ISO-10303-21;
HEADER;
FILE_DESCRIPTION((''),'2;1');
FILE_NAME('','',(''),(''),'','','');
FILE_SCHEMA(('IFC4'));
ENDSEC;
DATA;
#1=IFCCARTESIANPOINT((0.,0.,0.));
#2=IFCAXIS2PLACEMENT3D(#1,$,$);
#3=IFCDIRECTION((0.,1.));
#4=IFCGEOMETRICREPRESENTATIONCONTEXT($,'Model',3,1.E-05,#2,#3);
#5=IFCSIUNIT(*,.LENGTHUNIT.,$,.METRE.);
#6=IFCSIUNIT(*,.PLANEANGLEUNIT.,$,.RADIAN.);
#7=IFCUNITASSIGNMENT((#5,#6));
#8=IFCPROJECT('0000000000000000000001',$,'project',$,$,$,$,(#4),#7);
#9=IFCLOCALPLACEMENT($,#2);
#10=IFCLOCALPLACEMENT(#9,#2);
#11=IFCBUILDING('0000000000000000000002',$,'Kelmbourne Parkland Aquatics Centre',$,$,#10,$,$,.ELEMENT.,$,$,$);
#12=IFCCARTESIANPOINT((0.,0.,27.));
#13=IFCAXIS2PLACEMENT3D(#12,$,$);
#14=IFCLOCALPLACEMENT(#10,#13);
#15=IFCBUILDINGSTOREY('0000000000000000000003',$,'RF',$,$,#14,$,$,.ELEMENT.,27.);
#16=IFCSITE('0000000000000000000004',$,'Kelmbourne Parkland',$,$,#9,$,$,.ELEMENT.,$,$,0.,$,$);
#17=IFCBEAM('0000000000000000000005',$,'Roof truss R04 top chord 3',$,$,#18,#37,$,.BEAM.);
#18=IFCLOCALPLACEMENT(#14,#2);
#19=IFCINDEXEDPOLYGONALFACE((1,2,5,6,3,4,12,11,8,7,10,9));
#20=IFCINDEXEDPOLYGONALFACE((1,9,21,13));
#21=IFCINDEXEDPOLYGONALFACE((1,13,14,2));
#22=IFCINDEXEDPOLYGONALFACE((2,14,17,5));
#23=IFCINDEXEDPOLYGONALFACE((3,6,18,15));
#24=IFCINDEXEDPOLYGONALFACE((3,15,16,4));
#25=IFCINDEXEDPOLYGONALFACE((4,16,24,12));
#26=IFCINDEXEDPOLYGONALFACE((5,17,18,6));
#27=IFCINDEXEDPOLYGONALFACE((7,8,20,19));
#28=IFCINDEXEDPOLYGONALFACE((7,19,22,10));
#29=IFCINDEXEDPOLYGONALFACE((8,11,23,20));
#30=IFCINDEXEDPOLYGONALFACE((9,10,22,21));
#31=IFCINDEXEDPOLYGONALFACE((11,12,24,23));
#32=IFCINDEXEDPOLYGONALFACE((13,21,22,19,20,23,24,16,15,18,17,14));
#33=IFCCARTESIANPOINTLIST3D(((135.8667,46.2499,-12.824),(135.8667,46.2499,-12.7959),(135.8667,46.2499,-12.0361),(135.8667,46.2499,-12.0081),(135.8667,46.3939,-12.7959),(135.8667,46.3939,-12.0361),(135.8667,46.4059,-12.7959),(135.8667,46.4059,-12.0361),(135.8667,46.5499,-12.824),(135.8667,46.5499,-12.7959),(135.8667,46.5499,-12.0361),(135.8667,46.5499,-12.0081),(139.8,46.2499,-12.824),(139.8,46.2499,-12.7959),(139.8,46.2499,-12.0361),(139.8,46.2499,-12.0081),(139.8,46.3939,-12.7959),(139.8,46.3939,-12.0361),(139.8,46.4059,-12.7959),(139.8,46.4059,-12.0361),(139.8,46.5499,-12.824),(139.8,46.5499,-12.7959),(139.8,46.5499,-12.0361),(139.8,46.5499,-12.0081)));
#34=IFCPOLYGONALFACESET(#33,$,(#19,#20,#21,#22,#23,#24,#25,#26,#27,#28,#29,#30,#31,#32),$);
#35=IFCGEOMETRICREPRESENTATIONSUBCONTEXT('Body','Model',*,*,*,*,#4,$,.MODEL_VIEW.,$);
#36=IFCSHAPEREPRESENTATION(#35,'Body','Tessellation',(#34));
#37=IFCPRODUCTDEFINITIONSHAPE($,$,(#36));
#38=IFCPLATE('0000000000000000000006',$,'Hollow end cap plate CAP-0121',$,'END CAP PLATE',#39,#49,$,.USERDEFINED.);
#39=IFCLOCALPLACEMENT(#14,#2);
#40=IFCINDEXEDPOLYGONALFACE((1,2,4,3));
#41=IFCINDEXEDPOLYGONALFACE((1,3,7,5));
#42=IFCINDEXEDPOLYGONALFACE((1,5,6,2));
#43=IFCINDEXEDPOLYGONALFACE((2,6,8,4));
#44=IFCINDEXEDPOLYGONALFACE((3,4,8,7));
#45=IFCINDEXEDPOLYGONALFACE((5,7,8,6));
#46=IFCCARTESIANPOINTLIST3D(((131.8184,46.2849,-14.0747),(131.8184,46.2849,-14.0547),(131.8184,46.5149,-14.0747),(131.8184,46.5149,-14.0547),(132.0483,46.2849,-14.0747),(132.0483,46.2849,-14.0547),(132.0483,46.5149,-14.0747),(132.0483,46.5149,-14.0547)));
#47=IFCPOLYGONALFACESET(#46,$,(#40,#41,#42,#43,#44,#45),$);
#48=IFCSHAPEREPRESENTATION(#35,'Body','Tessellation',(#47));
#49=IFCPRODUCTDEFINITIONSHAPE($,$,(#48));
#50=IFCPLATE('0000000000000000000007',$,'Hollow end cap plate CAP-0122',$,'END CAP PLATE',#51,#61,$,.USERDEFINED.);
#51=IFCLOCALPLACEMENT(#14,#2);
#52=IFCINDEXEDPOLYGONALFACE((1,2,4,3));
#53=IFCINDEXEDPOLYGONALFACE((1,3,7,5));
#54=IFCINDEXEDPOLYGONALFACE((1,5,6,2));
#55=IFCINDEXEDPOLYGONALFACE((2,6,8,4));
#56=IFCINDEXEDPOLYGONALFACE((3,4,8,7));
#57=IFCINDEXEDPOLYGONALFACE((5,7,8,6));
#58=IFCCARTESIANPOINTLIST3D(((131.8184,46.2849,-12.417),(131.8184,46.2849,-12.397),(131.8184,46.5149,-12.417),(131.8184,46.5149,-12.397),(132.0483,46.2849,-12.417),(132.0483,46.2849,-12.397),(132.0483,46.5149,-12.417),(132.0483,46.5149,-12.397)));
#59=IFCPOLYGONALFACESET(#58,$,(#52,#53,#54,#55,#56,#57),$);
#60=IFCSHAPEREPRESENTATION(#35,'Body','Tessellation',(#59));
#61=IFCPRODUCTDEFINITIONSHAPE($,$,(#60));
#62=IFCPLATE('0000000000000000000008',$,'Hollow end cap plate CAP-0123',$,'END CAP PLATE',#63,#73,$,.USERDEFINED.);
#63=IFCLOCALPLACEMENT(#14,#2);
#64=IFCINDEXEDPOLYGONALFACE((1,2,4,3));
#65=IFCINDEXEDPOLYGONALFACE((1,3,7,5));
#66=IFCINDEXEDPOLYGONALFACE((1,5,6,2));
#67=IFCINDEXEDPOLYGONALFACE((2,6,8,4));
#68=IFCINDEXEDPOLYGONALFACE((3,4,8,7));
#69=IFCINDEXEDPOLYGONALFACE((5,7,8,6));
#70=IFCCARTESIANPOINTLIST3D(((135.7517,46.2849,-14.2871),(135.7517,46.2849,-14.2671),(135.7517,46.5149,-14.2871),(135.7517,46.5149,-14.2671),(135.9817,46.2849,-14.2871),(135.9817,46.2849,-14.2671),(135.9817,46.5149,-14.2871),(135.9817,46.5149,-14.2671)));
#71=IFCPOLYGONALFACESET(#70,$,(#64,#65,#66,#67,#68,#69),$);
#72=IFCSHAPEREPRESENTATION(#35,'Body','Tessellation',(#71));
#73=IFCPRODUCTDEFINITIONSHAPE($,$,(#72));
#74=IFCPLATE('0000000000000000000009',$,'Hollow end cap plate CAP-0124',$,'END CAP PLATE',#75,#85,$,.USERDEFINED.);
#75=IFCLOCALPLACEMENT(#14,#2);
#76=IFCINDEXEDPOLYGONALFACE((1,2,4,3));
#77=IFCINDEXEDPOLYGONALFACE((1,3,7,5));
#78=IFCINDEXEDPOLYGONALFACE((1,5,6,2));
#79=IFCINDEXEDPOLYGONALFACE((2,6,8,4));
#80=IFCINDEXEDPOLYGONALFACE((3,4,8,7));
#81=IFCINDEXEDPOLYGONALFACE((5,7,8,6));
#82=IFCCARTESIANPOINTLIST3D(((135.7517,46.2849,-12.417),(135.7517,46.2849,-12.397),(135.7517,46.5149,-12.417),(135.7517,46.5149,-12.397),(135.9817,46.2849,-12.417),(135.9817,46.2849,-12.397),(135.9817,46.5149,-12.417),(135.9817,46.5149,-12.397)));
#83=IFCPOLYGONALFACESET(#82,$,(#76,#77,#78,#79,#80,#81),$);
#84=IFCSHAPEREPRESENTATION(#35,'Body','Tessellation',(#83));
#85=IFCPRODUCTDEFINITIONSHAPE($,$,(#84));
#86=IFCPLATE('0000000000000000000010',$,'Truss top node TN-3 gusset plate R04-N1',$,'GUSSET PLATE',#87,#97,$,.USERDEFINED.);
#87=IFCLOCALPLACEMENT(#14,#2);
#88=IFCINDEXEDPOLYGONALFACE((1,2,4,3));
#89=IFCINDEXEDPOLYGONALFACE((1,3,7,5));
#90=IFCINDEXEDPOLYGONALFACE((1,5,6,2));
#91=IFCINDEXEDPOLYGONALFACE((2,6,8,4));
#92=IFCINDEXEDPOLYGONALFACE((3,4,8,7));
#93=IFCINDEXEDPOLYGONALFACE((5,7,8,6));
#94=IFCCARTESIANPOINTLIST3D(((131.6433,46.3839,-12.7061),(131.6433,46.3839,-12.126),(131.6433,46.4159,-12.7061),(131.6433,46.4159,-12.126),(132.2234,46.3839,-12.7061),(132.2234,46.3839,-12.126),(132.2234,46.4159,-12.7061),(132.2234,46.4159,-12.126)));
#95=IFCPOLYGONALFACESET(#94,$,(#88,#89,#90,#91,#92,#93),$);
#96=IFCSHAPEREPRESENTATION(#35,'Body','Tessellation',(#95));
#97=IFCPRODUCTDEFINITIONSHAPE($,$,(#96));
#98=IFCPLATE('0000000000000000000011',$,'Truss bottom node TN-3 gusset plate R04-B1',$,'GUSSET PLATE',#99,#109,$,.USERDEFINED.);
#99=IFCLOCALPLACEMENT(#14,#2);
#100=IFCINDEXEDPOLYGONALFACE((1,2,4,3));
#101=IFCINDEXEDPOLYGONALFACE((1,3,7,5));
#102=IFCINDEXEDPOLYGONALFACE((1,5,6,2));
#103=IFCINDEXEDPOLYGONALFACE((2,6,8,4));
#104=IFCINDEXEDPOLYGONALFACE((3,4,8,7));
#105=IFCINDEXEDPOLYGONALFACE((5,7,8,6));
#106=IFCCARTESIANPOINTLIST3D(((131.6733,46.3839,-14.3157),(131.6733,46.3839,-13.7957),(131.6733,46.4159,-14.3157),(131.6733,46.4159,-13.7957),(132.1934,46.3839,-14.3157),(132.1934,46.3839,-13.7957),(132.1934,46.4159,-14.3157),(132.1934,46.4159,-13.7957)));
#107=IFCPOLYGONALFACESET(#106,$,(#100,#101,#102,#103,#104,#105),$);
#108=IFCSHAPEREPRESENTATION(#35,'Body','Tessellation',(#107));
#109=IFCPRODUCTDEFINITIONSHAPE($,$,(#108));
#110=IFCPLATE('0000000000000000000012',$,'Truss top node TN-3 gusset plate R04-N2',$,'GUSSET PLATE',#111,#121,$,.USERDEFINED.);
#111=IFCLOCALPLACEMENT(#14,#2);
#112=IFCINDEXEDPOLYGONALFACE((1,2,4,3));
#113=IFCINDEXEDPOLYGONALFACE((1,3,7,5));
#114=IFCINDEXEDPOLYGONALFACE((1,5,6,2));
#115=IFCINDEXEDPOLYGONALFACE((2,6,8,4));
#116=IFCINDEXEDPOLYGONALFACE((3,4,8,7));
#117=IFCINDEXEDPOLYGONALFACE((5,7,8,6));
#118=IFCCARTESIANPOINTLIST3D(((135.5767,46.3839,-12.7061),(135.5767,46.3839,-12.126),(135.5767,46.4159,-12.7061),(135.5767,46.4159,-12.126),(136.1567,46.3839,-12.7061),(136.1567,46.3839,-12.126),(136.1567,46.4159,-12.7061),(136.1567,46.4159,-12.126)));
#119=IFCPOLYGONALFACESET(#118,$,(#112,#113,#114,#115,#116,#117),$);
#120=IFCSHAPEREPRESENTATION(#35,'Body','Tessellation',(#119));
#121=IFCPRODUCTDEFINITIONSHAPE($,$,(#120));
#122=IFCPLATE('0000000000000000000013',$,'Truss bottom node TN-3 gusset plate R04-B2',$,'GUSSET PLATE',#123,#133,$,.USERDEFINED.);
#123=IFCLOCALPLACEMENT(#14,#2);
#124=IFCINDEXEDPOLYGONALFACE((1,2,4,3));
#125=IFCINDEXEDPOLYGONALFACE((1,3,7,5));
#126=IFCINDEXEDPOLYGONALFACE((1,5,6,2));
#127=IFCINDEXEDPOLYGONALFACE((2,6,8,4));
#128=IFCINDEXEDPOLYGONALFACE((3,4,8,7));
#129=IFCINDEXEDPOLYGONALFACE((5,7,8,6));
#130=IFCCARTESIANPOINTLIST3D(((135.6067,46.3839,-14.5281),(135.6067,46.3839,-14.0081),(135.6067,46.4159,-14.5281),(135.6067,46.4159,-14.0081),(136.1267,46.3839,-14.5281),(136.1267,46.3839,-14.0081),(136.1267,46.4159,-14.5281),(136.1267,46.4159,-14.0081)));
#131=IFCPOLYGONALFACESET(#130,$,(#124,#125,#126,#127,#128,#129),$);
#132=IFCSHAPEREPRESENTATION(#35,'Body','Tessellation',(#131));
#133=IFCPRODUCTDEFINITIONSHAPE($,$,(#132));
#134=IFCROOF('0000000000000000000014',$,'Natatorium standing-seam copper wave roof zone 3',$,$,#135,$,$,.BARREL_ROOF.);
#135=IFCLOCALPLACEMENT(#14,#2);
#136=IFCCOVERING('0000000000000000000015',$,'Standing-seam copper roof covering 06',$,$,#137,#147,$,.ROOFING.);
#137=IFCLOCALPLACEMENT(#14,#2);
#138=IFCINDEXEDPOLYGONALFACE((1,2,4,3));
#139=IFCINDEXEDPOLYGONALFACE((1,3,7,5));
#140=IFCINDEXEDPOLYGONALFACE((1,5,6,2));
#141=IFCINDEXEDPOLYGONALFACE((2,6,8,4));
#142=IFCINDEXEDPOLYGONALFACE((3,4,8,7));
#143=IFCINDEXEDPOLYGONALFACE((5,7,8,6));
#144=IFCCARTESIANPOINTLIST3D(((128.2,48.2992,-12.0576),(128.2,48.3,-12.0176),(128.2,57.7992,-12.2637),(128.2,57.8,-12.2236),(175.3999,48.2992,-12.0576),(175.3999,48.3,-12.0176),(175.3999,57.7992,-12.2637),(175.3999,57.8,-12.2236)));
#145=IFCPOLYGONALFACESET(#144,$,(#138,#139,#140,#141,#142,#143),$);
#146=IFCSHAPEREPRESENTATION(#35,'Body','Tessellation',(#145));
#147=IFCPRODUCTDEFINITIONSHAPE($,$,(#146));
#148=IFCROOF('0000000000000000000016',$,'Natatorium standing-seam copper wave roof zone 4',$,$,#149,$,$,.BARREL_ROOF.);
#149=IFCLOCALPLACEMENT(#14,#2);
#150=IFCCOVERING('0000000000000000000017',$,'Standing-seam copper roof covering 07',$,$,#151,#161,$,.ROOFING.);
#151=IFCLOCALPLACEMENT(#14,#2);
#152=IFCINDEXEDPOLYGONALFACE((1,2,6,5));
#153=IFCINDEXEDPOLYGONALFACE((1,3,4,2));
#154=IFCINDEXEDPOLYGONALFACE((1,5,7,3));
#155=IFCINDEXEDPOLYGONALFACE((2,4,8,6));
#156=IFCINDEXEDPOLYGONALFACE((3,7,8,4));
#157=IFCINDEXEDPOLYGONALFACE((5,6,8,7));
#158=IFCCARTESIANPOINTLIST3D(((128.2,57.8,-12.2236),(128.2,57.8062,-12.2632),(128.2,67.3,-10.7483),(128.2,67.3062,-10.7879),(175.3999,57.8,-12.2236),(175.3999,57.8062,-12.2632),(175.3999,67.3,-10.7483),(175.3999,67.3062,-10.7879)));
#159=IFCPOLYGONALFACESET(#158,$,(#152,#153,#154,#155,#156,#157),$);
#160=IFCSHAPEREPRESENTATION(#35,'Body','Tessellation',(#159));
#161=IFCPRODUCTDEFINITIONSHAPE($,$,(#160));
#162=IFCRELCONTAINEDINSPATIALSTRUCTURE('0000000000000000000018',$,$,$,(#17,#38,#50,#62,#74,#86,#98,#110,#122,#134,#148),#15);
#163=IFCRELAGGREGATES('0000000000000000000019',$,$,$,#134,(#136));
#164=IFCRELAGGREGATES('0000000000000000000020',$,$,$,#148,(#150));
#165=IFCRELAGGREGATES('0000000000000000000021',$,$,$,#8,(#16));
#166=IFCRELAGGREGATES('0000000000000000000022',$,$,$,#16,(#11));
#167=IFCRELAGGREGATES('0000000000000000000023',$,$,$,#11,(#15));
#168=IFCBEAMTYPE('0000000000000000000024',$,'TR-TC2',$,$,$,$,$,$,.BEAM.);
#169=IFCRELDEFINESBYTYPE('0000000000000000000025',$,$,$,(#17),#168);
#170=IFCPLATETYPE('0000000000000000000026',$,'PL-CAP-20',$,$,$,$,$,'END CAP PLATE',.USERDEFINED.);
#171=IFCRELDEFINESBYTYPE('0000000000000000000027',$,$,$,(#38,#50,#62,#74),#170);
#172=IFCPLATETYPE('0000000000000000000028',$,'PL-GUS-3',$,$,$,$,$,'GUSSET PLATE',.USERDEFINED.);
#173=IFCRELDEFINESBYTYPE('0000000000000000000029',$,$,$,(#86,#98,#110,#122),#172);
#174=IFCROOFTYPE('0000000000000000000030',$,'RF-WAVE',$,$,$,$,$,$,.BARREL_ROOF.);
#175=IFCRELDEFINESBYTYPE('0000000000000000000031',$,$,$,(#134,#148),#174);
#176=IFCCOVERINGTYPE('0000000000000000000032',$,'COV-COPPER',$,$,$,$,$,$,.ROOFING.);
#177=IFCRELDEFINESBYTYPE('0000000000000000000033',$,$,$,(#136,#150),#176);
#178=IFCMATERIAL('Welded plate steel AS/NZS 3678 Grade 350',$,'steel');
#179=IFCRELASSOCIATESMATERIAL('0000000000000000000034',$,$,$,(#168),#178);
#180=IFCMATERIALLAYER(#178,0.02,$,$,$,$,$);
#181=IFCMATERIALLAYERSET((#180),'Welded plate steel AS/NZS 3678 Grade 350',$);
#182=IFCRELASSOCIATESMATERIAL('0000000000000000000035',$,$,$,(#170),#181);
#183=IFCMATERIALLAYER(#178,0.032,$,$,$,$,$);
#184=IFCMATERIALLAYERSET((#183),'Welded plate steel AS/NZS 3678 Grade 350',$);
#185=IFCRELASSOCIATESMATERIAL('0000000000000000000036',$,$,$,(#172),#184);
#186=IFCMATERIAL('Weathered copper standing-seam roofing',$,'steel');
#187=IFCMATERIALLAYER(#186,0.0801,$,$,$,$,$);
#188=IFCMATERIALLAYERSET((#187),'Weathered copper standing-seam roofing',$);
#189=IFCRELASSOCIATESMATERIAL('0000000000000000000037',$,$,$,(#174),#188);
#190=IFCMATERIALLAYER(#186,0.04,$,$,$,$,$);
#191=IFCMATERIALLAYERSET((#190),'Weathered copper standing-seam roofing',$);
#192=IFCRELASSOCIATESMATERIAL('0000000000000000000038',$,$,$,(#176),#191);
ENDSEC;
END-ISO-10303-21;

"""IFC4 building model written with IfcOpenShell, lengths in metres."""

from ifc_helpers import new_model, si_unit, direction, frame, origin, origin_2d, place, context, subcontext, project, spatial, polyline, rectangle, i_section, outline, extrude, material, layer, layer_set, material_profile, profile_set, type_object, element, aggregate, save


model = new_model("IFC4")

# Units and contexts
model_context = context("Model", 3, precision=1e-05, world=origin(), true_north=direction((0.0, 1.0)))
body_context = subcontext(model_context, "Body", "Model", "MODEL_VIEW")
ifc_project = project(units=[si_unit("LENGTHUNIT", "METRE"), si_unit("PLANEANGLEUNIT", "RADIAN")], contexts=[model_context])

# Site, building, storey
site_placement = place(None, origin())
site = spatial("IfcSite", under=ifc_project, at=site_placement, Name="Kelmbourne Parkland", CompositionType="ELEMENT", RefElevation=0.0)
building_placement = place(site_placement, origin())
building = spatial("IfcBuilding", under=site, at=building_placement, Name="Kelmbourne Parkland Aquatics Centre", CompositionType="ELEMENT")
storey_placement = place(building_placement, frame((0.0, 0.0, 27.0)))
storey = spatial("IfcBuildingStorey", under=building, at=storey_placement, Name="RF", CompositionType="ELEMENT", Elevation=27.0)

# Beam
ifc_material_1 = material(Name="Welded plate steel AS/NZS 3678 Grade 350", Category="steel")
ifc_material_profile_1 = material_profile(ifc_material_1, i_section(OverallWidth=0.3, OverallDepth=0.8159, WebThickness=0.012, FlangeThickness=0.0281, at=origin_2d()), Name="800WB192")
ifc_profile_set_1 = profile_set([ifc_material_profile_1], Name="Welded plate steel AS/NZS 3678 Grade 350")
beam_type_1 = type_object("IfcBeamType", Name="TR-TC2", PredefinedType="BEAM", material=ifc_profile_set_1)
for number, where, z_axis, x_axis, name in (
    (1, (135.8667, 46.3999, -12.416), (1.0, 0.0, 0.0), (0.0, 1.0, 0.0), "Roof truss R04 top chord 3"),
):
    element("IfcBeam", number, at=place(storey_placement, frame(where, z_axis=z_axis, x_axis=x_axis)), inside=storey, type_object=beam_type_1, Name=name, PredefinedType="BEAM", context=body_context, shape_type="SweptSolid", body=[
        extrude(i_section(OverallWidth=0.3, OverallDepth=0.8159, WebThickness=0.012, FlangeThickness=0.0281, at=origin_2d()), origin(), (0.0, 0.0, 1.0), 3.9333),
    ])

# Plates
ifc_layer_1 = layer(ifc_material_1, 0.02)
ifc_layer_set_1 = layer_set([ifc_layer_1], Name="Welded plate steel AS/NZS 3678 Grade 350")
plate_type_1 = type_object("IfcPlateType", Name="PL-CAP-20", ElementType="END CAP PLATE", PredefinedType="USERDEFINED", material=ifc_layer_set_1)
for number, where, z_axis, x_axis, name in (
    (2, (131.9333, 46.3999, -14.0747), (0.0, 0.0, 1.0), (1.0, 0.0, 0.0), "Hollow end cap plate CAP-0121"),
    (3, (131.9333, 46.3999, -12.417), (0.0, 0.0, 1.0), (1.0, 0.0, 0.0), "Hollow end cap plate CAP-0122"),
    (4, (135.8667, 46.3999, -14.2871), (0.0, 0.0, 1.0), (1.0, 0.0, 0.0), "Hollow end cap plate CAP-0123"),
    (5, (135.8667, 46.3999, -12.417), (0.0, 0.0, 1.0), (1.0, 0.0, 0.0), "Hollow end cap plate CAP-0124"),
):
    element("IfcPlate", number, at=place(storey_placement, frame(where, z_axis=z_axis, x_axis=x_axis)), inside=storey, type_object=plate_type_1, Name=name, ObjectType="END CAP PLATE", PredefinedType="USERDEFINED", context=body_context, shape_type="SweptSolid", body=[
        extrude(rectangle(XDim=0.23, YDim=0.23, at=origin_2d()), origin(), (0.0, 0.0, 1.0), 0.02),
    ])
ifc_layer_2 = layer(ifc_material_1, 0.032)
ifc_layer_set_2 = layer_set([ifc_layer_2], Name="Welded plate steel AS/NZS 3678 Grade 350")
plate_type_2 = type_object("IfcPlateType", Name="PL-GUS-3", ElementType="GUSSET PLATE", PredefinedType="USERDEFINED", material=ifc_layer_set_2)
plate_1_placement = place(storey_placement, frame((131.9333, 46.3999, -12.7061), z_axis=(0.0, 0.0, 1.0), x_axis=(1.0, 0.0, 0.0)))
element("IfcPlate", 6, at=plate_1_placement, inside=storey, type_object=plate_type_2, Name="Truss top node TN-3 gusset plate R04-N1", ObjectType="GUSSET PLATE", PredefinedType="USERDEFINED", context=body_context, shape_type="SweptSolid", body=[
    extrude(rectangle(XDim=0.5801, YDim=0.032, at=origin_2d()), origin(), (0.0, 0.0, 1.0), 0.5801),
])
plate_2_placement = place(storey_placement, frame((131.9333, 46.3999, -14.3157), z_axis=(0.0, 0.0, 1.0), x_axis=(1.0, 0.0, 0.0)))
element("IfcPlate", 7, at=plate_2_placement, inside=storey, type_object=plate_type_2, Name="Truss bottom node TN-3 gusset plate R04-B1", ObjectType="GUSSET PLATE", PredefinedType="USERDEFINED", context=body_context, shape_type="SweptSolid", body=[
    extrude(rectangle(XDim=0.52, YDim=0.032, at=origin_2d()), origin(), (0.0, 0.0, 1.0), 0.52),
])
plate_3_placement = place(storey_placement, frame((135.8667, 46.3999, -12.7061), z_axis=(0.0, 0.0, 1.0), x_axis=(1.0, 0.0, 0.0)))
element("IfcPlate", 8, at=plate_3_placement, inside=storey, type_object=plate_type_2, Name="Truss top node TN-3 gusset plate R04-N2", ObjectType="GUSSET PLATE", PredefinedType="USERDEFINED", context=body_context, shape_type="SweptSolid", body=[
    extrude(rectangle(XDim=0.5801, YDim=0.032, at=origin_2d()), origin(), (0.0, 0.0, 1.0), 0.5801),
])
plate_4_placement = place(storey_placement, frame((135.8667, 46.3999, -14.5281), z_axis=(0.0, 0.0, 1.0), x_axis=(1.0, 0.0, 0.0)))
element("IfcPlate", 9, at=plate_4_placement, inside=storey, type_object=plate_type_2, Name="Truss bottom node TN-3 gusset plate R04-B2", ObjectType="GUSSET PLATE", PredefinedType="USERDEFINED", context=body_context, shape_type="SweptSolid", body=[
    extrude(rectangle(XDim=0.52, YDim=0.032, at=origin_2d()), origin(), (0.0, 0.0, 1.0), 0.52),
])

# Roofs, coverings
ifc_material_2 = material(Name="Weathered copper standing-seam roofing", Category="steel")
ifc_layer_3 = layer(ifc_material_2, 0.0801)
ifc_layer_set_3 = layer_set([ifc_layer_3], Name="Weathered copper standing-seam roofing")
roof_type = type_object("IfcRoofType", Name="RF-WAVE", PredefinedType="BARREL_ROOF", material=ifc_layer_set_3)
roof_1_placement = place(storey_placement, origin())
roof_1 = element("IfcRoof", 10, at=roof_1_placement, inside=storey, type_object=roof_type, Name="Natatorium standing-seam copper wave roof zone 3", PredefinedType="BARREL_ROOF")
ifc_layer_4 = layer(ifc_material_2, 0.04)
ifc_layer_set_4 = layer_set([ifc_layer_4], Name="Weathered copper standing-seam roofing")
covering_type = type_object("IfcCoveringType", Name="COV-COPPER", PredefinedType="ROOFING", material=ifc_layer_set_4)
covering_1_placement = place(storey_placement, frame((128.2, 48.3, -12.0176), z_axis=(0.0, 0.021685, 0.999765), x_axis=(1.0, 0.0, 0.0)))
covering_1 = element("IfcCovering", 11, at=covering_1_placement, type_object=covering_type, Name="Standing-seam copper roof covering 06", PredefinedType="ROOFING", context=body_context, shape_type="SweptSolid", body=[
    extrude(outline(polyline([(0.0, 0.0), (47.2, 0.0), (47.2, 9.5022), (0.0, 9.5022), (0.0, 0.0)])), origin(), (0.0, 0.0, -1.0), 0.04),
])
aggregate(roof_1, [covering_1])
roof_2_placement = place(storey_placement, origin())
roof_2 = element("IfcRoof", 12, at=roof_2_placement, inside=storey, type_object=roof_type, Name="Natatorium standing-seam copper wave roof zone 4", PredefinedType="BARREL_ROOF")
covering_2_placement = place(storey_placement, frame((128.2, 57.8, -12.2236), z_axis=(0.0, -0.15346, 0.988155), x_axis=(1.0, 0.0, 0.0)))
covering_2 = element("IfcCovering", 13, at=covering_2_placement, type_object=covering_type, Name="Standing-seam copper roof covering 07", PredefinedType="ROOFING", context=body_context, shape_type="SweptSolid", body=[
    extrude(outline(polyline([(0.0, 0.0), (47.2, 0.0), (47.2, 9.6139), (0.0, 9.6139), (0.0, 0.0)])), origin(), (0.0, 0.0, -1.0), 0.04),
])
aggregate(roof_2, [covering_2])

save(model, "model.ifc")
